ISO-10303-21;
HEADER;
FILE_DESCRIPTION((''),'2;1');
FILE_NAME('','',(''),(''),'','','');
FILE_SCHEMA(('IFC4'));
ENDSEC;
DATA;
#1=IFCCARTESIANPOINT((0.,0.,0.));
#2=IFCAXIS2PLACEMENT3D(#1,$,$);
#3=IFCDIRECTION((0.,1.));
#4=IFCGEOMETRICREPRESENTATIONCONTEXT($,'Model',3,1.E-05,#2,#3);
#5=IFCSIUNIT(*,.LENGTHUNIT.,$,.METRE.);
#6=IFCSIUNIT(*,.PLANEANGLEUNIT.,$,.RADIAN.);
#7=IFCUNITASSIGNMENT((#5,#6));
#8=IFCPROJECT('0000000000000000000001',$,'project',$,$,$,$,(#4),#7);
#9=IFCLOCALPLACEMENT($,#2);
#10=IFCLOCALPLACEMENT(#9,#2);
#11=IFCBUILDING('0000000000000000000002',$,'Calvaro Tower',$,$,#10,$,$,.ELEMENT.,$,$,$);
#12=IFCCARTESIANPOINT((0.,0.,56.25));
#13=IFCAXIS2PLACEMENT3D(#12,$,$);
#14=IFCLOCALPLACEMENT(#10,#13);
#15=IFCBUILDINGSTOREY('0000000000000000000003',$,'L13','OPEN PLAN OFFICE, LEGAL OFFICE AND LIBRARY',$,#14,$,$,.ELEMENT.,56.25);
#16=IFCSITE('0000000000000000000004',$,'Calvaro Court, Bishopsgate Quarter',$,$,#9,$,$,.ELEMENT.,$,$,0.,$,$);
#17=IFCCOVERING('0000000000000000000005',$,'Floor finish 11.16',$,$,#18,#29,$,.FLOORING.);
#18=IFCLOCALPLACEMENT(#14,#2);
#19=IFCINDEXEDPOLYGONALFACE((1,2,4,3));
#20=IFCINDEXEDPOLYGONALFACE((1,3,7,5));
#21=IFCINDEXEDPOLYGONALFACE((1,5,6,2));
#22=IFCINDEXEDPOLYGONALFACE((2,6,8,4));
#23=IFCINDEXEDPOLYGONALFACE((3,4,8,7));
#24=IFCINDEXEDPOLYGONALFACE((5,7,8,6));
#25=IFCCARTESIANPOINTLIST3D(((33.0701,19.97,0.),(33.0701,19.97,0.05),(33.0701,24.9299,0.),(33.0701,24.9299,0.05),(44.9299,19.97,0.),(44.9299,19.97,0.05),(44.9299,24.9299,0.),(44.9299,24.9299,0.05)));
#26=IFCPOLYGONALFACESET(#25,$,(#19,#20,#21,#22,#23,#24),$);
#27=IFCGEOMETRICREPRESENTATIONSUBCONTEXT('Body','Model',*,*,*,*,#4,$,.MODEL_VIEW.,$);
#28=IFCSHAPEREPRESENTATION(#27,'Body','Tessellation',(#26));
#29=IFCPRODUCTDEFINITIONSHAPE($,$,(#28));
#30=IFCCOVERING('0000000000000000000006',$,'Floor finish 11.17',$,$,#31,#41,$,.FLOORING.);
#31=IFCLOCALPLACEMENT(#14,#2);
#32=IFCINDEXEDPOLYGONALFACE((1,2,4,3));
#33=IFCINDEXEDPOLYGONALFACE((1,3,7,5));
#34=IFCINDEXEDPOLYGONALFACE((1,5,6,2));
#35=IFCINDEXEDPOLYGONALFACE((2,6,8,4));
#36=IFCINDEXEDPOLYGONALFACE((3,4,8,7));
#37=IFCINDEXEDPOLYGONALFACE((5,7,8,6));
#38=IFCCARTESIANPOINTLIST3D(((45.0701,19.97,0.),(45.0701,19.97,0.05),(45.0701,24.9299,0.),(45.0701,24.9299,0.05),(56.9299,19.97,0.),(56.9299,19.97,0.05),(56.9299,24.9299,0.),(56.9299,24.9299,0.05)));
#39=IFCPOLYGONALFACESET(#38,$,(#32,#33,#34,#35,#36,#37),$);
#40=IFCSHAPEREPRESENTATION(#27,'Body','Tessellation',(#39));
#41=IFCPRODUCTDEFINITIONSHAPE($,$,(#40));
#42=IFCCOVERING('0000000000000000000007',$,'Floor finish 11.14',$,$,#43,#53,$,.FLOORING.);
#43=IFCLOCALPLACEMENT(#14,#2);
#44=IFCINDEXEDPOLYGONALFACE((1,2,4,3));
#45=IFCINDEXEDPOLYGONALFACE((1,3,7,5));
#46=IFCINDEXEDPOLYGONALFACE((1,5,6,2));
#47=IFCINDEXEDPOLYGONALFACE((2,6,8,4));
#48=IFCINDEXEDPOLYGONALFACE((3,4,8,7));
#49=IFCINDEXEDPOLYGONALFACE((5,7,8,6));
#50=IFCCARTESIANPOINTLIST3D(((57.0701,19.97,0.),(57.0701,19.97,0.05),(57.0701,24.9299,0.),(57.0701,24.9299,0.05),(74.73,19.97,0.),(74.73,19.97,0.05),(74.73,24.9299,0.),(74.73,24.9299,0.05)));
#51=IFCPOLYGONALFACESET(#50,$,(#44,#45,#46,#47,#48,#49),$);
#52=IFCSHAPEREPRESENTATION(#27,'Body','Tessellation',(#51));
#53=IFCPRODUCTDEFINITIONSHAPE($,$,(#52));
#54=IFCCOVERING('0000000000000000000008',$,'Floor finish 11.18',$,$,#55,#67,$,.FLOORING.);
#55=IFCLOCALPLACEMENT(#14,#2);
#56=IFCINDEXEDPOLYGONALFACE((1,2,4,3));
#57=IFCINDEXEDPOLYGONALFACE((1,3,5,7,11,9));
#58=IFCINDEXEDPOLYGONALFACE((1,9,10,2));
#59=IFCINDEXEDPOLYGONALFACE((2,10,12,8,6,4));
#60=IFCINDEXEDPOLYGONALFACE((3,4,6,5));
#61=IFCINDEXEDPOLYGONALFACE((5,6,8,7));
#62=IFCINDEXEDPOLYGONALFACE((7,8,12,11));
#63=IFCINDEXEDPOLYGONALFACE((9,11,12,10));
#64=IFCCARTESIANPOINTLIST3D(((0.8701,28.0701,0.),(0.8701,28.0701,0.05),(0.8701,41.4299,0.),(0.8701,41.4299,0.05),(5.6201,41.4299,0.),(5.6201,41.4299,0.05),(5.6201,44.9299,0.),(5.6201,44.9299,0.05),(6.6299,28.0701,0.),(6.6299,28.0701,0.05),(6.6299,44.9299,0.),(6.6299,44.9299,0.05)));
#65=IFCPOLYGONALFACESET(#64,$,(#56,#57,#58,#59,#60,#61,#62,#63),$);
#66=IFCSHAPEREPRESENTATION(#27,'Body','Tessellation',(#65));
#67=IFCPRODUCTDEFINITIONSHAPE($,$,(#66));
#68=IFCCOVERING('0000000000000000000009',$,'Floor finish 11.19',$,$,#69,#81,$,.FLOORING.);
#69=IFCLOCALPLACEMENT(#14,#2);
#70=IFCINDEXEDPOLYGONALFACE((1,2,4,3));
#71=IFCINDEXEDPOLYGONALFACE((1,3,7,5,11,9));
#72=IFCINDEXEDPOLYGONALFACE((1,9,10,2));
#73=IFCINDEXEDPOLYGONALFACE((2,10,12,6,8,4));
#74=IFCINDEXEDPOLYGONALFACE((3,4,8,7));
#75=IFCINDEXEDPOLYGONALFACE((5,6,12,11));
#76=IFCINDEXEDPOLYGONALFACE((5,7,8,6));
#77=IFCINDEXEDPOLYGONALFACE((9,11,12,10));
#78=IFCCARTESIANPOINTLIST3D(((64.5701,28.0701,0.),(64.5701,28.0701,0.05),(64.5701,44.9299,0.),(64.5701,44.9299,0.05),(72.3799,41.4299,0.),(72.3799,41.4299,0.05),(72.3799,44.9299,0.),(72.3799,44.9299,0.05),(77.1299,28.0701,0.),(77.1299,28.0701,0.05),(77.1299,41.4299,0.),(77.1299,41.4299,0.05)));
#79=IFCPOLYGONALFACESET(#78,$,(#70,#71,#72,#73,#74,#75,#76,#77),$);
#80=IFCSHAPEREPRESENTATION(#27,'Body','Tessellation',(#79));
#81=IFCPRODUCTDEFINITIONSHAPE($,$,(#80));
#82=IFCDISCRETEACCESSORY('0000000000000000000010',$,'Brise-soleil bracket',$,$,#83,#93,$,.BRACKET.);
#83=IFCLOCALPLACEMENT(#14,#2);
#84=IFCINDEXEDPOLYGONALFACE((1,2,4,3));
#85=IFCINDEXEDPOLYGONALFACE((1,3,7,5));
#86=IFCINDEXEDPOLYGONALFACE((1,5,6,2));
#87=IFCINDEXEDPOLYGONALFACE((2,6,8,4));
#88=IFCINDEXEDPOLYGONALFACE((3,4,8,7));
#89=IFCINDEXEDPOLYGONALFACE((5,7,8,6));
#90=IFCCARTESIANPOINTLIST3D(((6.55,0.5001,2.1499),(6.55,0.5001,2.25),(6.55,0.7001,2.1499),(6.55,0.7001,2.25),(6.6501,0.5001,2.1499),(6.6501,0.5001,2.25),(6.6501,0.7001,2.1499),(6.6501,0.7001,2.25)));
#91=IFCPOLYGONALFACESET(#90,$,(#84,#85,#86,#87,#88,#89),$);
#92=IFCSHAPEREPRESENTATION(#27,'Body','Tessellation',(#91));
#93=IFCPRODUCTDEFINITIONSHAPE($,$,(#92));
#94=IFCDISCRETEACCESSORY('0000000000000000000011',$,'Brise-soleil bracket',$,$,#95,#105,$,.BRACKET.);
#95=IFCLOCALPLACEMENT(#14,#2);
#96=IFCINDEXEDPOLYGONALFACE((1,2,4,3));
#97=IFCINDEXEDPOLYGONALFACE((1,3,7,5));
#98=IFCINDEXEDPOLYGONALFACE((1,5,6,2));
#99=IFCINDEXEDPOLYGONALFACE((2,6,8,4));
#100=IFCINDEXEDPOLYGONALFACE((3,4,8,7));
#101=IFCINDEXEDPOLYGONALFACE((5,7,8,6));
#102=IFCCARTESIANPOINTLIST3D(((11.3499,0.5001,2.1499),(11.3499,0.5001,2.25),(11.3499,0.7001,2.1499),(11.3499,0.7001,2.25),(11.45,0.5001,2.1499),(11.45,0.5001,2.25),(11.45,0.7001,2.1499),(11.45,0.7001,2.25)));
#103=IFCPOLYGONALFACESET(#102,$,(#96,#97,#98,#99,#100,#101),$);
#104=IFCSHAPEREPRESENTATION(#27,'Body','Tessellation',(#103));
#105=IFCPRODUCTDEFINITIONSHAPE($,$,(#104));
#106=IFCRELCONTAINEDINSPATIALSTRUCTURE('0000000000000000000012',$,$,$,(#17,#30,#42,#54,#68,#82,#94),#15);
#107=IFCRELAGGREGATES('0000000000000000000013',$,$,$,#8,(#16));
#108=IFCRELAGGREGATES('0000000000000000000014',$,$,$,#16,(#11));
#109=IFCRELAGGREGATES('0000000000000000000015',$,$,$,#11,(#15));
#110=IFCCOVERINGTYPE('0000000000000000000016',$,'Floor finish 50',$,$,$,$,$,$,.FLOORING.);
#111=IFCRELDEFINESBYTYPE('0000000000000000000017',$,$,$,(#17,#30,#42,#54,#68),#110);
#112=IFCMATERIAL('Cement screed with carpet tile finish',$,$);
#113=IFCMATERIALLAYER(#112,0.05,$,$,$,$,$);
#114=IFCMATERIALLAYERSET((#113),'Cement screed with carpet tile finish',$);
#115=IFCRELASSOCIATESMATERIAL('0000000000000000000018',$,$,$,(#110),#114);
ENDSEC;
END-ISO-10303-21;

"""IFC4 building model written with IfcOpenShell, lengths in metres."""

from ifc_helpers import new_model, si_unit, direction, frame, origin, origin_2d, place, context, subcontext, project, spatial, polyline, rectangle, outline, extrude, material, layer, layer_set, type_object, element, save


model = new_model("IFC4")

# Units and contexts
model_context = context("Model", 3, precision=1e-05, world=origin(), true_north=direction((0.0, 1.0)))
body_context = subcontext(model_context, "Body", "Model", "MODEL_VIEW")
ifc_project = project(units=[si_unit("LENGTHUNIT", "METRE"), si_unit("PLANEANGLEUNIT", "RADIAN")], contexts=[model_context])

# Site, building, storey
site_placement = place(None, origin())
site = spatial("IfcSite", under=ifc_project, at=site_placement, Name="Calvaro Court, Bishopsgate Quarter", CompositionType="ELEMENT", RefElevation=0.0)
building_placement = place(site_placement, origin())
building = spatial("IfcBuilding", under=site, at=building_placement, Name="Calvaro Tower", CompositionType="ELEMENT")
storey_placement = place(building_placement, frame((0.0, 0.0, 56.25)))
storey = spatial("IfcBuildingStorey", under=building, at=storey_placement, Name="L13", Description="OPEN PLAN OFFICE, LEGAL OFFICE AND LIBRARY", CompositionType="ELEMENT", Elevation=56.25)

# Coverings
ifc_material_1 = material(Name="Cement screed with carpet tile finish")
ifc_layer_1 = layer(ifc_material_1, 0.05)
ifc_layer_set_1 = layer_set([ifc_layer_1], Name="Cement screed with carpet tile finish")
covering_type = type_object("IfcCoveringType", Name="Floor finish 50", PredefinedType="FLOORING", material=ifc_layer_set_1)
covering_1_placement = place(storey_placement, origin())
element("IfcCovering", 1, at=covering_1_placement, inside=storey, type_object=covering_type, Name="Floor finish 11.16", PredefinedType="FLOORING", context=body_context, shape_type="SweptSolid", body=[
    extrude(outline(polyline([(33.0701, 19.97), (33.0701, 24.9299), (44.9299, 24.9299), (44.9299, 19.97), (33.0701, 19.97)])), origin(), (0.0, 0.0, 1.0), 0.05),
])
covering_2_placement = place(storey_placement, origin())
element("IfcCovering", 2, at=covering_2_placement, inside=storey, type_object=covering_type, Name="Floor finish 11.17", PredefinedType="FLOORING", context=body_context, shape_type="SweptSolid", body=[
    extrude(outline(polyline([(45.0701, 19.97), (45.0701, 24.9299), (56.9299, 24.9299), (56.9299, 19.97), (45.0701, 19.97)])), origin(), (0.0, 0.0, 1.0), 0.05),
])
covering_3_placement = place(storey_placement, origin())
element("IfcCovering", 3, at=covering_3_placement, inside=storey, type_object=covering_type, Name="Floor finish 11.14", PredefinedType="FLOORING", context=body_context, shape_type="SweptSolid", body=[
    extrude(outline(polyline([(57.0701, 19.97), (57.0701, 24.9299), (74.73, 24.9299), (74.73, 19.97), (57.0701, 19.97)])), origin(), (0.0, 0.0, 1.0), 0.05),
])
covering_4_placement = place(storey_placement, origin())
element("IfcCovering", 4, at=covering_4_placement, inside=storey, type_object=covering_type, Name="Floor finish 11.18", PredefinedType="FLOORING", context=body_context, shape_type="SweptSolid", body=[
    extrude(outline(polyline([(6.6299, 28.0701), (0.8701, 28.0701), (0.8701, 41.4299), (5.6201, 41.4299), (5.6201, 44.9299), (6.6299, 44.9299), (6.6299, 28.0701)])), origin(), (0.0, 0.0, 1.0), 0.05),
])
covering_5_placement = place(storey_placement, origin())
element("IfcCovering", 5, at=covering_5_placement, inside=storey, type_object=covering_type, Name="Floor finish 11.19", PredefinedType="FLOORING", context=body_context, shape_type="SweptSolid", body=[
    extrude(outline(polyline([(77.1299, 28.0701), (64.5701, 28.0701), (64.5701, 44.9299), (72.3799, 44.9299), (72.3799, 41.4299), (77.1299, 41.4299), (77.1299, 28.0701)])), origin(), (0.0, 0.0, 1.0), 0.05),
])

# Discrete accessories
for number, where, z_axis, x_axis, name in (
    (6, (6.6001, 0.6001, 2.1499), (0.0, 0.0, 1.0), (1.0, 0.0, 0.0), "Brise-soleil bracket"),
    (7, (11.3999, 0.6001, 2.1499), (0.0, 0.0, 1.0), (1.0, 0.0, 0.0), "Brise-soleil bracket"),
):
    element("IfcDiscreteAccessory", number, at=place(storey_placement, frame(where, z_axis=z_axis, x_axis=x_axis)), inside=storey, Name=name, PredefinedType="BRACKET", context=body_context, shape_type="SweptSolid", body=[
        extrude(rectangle(XDim=0.1001, YDim=0.2, at=origin_2d()), origin(), (0.0, 0.0, 1.0), 0.1001),
    ])

save(model, "model.ifc")
